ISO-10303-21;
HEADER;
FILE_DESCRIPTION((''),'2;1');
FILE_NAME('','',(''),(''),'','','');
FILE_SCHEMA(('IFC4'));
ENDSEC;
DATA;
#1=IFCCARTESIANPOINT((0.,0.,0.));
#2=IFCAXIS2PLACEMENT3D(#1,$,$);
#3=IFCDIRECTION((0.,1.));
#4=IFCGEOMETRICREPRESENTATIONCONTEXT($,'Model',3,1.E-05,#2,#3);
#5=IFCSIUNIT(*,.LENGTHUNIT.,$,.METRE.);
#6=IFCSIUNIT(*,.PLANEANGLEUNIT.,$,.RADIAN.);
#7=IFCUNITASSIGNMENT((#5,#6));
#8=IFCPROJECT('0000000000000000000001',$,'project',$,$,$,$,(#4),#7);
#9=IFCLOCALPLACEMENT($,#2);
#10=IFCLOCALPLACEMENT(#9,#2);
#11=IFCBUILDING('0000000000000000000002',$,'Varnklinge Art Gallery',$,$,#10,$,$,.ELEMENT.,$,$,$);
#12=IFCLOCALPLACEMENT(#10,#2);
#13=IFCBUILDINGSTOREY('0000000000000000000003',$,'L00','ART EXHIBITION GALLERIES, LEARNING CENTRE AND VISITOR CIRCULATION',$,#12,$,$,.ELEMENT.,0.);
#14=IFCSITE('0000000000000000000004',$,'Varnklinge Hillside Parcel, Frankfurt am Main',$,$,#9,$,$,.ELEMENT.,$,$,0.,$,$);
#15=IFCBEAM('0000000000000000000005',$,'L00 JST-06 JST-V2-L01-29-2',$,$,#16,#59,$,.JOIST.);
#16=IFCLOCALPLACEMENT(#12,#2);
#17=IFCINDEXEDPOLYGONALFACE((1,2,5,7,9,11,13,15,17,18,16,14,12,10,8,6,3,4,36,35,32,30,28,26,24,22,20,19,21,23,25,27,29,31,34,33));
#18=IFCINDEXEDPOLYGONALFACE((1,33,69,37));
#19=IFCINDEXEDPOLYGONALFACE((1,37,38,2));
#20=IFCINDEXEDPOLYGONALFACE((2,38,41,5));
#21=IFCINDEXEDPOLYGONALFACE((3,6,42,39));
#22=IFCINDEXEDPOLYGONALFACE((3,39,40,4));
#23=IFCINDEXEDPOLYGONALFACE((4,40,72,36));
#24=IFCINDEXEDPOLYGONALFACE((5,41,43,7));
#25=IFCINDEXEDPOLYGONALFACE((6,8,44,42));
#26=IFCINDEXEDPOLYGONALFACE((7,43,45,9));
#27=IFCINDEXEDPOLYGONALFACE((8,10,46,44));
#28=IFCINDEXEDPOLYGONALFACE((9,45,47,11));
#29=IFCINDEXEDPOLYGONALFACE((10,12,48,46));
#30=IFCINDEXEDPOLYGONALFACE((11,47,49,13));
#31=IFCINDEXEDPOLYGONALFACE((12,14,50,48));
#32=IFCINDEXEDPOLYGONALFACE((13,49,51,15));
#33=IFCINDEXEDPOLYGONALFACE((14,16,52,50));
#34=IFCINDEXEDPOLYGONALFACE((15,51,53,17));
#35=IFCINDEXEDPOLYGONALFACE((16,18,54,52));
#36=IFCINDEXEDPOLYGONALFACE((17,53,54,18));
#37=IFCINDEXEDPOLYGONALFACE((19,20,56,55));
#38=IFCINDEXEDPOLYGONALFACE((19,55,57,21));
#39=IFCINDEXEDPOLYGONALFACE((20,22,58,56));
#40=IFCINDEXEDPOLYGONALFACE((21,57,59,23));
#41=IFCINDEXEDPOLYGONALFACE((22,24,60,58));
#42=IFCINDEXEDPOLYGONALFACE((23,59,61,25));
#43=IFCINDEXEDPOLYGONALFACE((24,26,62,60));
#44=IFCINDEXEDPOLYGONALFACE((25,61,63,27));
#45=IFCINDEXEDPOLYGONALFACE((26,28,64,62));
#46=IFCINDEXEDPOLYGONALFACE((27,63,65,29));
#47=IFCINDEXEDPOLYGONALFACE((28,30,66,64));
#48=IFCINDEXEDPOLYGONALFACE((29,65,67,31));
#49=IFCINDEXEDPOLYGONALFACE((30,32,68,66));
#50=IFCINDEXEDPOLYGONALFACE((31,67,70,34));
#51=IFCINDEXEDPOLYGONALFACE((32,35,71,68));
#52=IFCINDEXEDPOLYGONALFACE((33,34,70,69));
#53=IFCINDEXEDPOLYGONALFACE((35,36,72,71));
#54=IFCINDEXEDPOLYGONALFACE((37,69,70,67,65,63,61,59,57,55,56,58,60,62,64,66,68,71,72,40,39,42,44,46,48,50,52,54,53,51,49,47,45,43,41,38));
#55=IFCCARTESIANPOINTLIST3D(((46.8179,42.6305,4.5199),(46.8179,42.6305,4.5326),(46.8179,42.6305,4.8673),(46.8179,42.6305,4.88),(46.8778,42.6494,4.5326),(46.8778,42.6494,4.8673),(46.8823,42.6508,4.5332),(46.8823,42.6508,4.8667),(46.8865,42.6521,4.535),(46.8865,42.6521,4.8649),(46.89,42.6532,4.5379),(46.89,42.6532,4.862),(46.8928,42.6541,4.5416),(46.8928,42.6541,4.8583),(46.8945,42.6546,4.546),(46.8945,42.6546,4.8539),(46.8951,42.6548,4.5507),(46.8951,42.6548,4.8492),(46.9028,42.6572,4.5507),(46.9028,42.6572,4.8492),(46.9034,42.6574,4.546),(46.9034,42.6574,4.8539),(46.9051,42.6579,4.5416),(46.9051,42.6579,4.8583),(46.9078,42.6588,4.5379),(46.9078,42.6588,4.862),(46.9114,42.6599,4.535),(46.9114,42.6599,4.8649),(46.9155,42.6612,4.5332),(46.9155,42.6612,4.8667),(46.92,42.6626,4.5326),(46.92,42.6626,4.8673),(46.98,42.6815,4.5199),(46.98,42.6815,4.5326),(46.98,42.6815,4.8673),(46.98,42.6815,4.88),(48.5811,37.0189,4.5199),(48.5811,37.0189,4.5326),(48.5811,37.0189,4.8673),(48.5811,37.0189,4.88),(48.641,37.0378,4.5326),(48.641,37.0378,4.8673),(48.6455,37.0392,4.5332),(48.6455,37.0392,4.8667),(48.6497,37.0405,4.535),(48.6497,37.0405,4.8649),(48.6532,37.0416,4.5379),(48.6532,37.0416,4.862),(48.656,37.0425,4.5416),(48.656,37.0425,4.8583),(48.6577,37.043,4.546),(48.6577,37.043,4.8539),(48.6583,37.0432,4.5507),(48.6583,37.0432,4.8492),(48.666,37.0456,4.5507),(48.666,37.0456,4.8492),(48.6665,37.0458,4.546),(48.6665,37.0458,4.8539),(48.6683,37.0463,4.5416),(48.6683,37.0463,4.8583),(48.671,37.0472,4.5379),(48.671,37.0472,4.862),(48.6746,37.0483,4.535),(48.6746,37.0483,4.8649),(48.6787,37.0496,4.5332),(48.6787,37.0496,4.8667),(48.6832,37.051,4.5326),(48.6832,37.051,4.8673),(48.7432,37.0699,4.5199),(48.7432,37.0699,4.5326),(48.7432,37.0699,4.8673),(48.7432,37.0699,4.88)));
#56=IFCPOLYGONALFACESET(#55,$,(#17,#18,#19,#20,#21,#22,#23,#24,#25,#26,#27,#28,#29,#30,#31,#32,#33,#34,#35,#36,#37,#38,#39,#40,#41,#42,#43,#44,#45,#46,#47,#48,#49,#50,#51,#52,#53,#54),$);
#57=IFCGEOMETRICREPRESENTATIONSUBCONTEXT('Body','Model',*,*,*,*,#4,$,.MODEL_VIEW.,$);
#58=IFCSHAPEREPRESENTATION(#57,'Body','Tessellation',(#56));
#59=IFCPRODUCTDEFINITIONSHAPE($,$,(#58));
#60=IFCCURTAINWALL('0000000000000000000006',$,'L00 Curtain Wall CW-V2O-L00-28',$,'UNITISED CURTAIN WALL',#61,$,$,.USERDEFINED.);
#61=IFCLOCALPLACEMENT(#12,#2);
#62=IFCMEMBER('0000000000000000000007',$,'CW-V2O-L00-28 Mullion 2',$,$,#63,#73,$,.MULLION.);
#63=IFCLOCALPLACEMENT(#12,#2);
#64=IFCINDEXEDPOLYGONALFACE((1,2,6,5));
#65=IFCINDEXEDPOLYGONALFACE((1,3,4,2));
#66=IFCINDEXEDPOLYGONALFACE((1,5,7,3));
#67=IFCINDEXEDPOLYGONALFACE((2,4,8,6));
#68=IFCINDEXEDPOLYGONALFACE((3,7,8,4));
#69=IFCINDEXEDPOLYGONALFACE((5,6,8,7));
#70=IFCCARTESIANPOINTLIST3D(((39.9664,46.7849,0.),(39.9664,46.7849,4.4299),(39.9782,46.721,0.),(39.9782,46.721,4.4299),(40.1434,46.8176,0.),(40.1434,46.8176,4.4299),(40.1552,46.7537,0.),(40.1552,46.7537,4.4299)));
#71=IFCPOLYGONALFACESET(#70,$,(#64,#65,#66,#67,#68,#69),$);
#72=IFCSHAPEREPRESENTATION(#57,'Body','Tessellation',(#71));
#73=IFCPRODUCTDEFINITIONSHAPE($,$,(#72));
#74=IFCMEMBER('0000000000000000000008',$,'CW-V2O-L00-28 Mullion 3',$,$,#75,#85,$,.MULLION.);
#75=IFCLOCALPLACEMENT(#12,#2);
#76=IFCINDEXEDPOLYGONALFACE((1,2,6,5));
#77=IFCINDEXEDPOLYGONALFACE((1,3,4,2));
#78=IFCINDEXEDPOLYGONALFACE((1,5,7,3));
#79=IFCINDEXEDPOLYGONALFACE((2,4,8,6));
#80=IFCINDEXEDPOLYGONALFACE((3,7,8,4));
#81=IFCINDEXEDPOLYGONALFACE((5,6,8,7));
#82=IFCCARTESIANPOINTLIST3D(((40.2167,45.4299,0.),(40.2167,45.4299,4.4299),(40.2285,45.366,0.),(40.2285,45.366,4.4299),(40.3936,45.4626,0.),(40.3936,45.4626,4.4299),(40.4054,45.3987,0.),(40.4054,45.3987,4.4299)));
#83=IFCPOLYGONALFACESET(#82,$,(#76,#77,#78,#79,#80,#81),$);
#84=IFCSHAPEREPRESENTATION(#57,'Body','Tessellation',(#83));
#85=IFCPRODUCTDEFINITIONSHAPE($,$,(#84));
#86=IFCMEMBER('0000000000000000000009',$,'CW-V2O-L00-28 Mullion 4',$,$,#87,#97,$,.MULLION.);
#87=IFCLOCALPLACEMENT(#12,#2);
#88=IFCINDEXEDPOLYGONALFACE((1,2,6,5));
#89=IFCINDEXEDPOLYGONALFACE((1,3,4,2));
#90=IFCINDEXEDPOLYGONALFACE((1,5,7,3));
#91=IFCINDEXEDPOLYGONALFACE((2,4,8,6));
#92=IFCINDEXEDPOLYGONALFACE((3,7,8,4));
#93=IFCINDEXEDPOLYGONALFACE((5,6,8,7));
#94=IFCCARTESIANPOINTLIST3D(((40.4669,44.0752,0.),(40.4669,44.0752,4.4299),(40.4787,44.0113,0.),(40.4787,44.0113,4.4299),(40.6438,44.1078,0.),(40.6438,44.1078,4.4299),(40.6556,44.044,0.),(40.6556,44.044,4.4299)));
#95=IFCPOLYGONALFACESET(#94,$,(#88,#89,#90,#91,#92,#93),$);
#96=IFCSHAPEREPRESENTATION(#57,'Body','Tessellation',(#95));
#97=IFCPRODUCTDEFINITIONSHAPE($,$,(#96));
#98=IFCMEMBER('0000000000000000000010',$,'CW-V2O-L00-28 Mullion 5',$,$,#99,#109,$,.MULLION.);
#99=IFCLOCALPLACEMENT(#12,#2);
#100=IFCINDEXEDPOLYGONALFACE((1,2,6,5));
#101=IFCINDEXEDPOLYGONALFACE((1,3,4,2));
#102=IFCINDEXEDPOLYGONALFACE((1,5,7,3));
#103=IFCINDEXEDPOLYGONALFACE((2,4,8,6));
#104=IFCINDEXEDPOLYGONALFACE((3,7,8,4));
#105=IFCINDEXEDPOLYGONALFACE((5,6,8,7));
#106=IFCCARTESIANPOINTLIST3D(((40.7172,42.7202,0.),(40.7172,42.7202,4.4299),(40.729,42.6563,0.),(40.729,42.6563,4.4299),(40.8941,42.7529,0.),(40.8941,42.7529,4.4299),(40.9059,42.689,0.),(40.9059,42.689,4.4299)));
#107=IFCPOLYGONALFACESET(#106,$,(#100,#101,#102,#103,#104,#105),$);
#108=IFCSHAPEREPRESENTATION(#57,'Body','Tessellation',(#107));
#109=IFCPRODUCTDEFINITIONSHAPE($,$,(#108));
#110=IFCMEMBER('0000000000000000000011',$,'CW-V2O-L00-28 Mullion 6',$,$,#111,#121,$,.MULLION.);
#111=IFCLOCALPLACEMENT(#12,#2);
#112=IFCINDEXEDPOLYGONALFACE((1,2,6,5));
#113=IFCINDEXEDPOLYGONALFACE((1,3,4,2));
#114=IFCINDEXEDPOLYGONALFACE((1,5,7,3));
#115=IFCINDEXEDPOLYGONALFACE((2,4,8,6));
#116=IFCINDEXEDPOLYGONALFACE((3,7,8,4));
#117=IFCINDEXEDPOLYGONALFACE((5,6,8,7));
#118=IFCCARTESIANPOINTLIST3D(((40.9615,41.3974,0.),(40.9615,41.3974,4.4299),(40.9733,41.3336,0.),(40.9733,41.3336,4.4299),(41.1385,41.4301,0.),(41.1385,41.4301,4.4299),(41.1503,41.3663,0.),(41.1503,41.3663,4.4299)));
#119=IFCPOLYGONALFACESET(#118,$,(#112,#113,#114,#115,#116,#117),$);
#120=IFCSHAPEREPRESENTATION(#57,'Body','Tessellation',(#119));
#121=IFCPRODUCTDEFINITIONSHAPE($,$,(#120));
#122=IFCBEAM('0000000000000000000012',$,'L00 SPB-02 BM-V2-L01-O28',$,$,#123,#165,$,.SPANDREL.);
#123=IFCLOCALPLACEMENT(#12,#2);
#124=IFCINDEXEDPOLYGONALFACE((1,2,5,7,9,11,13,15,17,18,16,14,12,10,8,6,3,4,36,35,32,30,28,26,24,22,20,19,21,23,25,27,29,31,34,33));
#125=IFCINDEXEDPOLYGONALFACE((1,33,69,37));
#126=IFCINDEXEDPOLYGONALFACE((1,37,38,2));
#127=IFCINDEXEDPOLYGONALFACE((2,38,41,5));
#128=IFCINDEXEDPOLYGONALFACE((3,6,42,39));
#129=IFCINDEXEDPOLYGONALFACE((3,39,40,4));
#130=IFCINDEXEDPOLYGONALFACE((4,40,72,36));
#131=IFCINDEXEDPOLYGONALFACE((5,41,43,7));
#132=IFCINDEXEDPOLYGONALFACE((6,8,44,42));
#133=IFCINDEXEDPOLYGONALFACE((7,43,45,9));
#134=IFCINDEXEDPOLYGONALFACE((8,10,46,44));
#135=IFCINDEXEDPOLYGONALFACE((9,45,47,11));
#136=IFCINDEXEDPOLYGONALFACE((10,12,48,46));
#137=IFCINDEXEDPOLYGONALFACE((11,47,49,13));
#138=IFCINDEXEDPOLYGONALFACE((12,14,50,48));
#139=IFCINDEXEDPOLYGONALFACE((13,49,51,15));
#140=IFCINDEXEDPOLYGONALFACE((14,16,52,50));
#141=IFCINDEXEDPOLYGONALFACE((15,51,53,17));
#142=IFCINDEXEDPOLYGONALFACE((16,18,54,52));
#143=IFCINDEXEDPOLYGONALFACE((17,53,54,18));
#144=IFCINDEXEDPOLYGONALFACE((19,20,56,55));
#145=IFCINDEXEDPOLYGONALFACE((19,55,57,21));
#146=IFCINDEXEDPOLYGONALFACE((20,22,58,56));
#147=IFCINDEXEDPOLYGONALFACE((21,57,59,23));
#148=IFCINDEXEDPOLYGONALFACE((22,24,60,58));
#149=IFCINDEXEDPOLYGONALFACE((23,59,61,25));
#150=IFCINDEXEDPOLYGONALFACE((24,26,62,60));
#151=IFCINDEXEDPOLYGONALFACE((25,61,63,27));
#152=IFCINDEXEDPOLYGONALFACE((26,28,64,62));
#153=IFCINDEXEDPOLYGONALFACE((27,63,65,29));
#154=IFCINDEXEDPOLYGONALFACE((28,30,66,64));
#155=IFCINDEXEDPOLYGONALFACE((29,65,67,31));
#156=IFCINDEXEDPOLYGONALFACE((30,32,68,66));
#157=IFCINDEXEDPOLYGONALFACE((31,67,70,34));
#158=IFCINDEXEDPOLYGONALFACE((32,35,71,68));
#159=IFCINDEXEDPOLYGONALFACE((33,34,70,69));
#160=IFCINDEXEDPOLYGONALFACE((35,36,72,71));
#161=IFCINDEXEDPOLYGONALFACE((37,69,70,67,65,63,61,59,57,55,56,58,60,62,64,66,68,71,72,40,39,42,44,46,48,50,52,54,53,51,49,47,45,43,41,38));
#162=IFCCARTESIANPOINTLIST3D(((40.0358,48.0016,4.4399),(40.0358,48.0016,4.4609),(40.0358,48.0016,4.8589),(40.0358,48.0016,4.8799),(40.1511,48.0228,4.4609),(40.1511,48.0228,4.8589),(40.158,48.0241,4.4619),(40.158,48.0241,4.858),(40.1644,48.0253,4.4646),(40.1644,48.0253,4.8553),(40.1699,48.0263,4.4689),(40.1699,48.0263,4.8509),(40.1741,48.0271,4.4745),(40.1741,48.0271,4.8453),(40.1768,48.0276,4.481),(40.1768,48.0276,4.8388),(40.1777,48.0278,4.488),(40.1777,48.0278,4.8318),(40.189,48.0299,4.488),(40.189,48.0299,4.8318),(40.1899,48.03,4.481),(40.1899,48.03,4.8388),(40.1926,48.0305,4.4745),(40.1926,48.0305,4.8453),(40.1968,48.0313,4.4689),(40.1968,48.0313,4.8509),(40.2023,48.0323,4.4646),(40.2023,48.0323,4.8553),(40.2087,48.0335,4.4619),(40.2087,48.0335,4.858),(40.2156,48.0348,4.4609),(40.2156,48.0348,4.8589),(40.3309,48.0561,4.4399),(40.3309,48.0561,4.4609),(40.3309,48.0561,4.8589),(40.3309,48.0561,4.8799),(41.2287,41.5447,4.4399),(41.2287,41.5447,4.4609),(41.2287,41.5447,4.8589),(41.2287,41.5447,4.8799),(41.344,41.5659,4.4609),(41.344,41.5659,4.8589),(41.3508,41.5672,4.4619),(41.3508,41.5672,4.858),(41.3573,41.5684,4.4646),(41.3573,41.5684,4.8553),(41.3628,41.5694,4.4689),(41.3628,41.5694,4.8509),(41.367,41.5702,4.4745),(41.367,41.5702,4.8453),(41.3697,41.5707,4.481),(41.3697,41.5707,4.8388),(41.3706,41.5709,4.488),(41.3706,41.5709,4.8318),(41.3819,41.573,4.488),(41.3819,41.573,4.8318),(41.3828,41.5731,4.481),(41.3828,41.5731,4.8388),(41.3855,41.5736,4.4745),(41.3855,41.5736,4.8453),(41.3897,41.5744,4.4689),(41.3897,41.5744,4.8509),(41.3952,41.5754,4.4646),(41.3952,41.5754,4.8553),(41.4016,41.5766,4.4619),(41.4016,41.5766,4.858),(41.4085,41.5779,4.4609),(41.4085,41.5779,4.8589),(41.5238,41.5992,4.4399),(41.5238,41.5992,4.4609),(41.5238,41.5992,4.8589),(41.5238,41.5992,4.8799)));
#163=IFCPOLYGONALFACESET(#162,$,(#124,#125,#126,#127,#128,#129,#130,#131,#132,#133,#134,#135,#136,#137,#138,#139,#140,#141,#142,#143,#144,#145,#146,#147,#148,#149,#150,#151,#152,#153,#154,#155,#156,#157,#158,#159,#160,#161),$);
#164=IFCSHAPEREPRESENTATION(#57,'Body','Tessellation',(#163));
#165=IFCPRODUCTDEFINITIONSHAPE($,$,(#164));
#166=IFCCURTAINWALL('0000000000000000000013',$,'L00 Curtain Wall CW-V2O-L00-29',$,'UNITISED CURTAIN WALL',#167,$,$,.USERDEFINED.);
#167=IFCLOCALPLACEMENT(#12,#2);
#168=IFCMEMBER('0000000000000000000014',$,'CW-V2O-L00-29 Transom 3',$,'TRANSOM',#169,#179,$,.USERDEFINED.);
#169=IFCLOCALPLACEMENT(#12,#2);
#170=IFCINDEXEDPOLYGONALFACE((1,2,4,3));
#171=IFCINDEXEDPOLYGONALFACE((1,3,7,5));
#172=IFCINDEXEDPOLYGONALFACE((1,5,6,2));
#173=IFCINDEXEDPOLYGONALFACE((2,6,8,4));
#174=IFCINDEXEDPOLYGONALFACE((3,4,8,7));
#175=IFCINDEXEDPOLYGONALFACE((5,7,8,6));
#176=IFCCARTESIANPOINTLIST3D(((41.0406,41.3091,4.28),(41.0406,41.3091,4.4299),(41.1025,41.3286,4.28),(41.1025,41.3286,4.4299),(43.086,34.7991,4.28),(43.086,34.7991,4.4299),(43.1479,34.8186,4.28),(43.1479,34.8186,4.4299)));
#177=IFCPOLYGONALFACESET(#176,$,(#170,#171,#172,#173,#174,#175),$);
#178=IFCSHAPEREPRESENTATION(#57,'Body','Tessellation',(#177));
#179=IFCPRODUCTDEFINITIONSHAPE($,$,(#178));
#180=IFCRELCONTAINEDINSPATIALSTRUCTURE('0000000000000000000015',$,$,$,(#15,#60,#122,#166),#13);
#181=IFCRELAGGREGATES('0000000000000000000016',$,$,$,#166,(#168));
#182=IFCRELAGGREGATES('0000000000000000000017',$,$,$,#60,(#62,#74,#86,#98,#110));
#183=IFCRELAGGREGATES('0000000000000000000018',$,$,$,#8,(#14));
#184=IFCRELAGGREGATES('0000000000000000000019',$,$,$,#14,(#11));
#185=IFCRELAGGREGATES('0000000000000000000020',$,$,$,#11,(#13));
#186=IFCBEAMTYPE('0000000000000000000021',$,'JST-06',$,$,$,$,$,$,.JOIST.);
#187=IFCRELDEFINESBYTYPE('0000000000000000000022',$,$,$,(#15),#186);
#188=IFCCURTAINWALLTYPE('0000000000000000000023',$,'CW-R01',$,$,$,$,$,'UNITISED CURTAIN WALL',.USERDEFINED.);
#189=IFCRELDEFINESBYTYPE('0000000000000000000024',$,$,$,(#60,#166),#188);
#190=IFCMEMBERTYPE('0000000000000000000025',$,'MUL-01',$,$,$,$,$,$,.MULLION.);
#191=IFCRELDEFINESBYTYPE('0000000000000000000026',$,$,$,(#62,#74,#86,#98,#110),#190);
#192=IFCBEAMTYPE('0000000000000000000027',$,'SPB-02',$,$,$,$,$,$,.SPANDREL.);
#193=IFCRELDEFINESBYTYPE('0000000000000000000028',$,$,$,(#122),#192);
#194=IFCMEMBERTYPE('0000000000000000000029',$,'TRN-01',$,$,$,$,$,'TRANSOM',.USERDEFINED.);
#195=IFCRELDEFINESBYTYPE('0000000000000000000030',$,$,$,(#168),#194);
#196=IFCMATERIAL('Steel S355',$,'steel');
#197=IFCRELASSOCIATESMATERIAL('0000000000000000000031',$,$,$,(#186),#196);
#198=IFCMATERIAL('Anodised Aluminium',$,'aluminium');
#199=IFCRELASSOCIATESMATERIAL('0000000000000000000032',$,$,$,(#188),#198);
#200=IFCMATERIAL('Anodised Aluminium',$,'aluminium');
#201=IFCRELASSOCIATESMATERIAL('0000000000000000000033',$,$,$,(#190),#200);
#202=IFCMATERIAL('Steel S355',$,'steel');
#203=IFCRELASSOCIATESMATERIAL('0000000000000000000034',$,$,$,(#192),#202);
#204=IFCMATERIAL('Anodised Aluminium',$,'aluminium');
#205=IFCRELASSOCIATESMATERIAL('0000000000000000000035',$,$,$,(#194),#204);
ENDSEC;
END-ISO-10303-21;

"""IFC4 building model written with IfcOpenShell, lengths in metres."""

from ifc_helpers import new_model, si_unit, direction, frame, origin, origin_2d, place, context, subcontext, project, spatial, rectangle, i_section, extrude, material, material_profile, profile_set, type_object, element, aggregate, save


model = new_model("IFC4")

# Units and contexts
model_context = context("Model", 3, precision=1e-05, world=origin(), true_north=direction((0.0, 1.0)))
body_context = subcontext(model_context, "Body", "Model", "MODEL_VIEW")
ifc_project = project(units=[si_unit("LENGTHUNIT", "METRE"), si_unit("PLANEANGLEUNIT", "RADIAN")], contexts=[model_context])

# Site, building, storey
site_placement = place(None, origin())
site = spatial("IfcSite", under=ifc_project, at=site_placement, Name="Varnklinge Hillside Parcel, Frankfurt am Main", CompositionType="ELEMENT", RefElevation=0.0)
building_placement = place(site_placement, origin())
building = spatial("IfcBuilding", under=site, at=building_placement, Name="Varnklinge Art Gallery", CompositionType="ELEMENT")
storey_placement = place(building_placement, origin())
storey = spatial("IfcBuildingStorey", under=building, at=storey_placement, Name="L00", Description="ART EXHIBITION GALLERIES, LEARNING CENTRE AND VISITOR CIRCULATION", CompositionType="ELEMENT", Elevation=0.0)

# Beam
ifc_material_1 = material(Name="Steel S355", Category="steel")
ifc_material_profile_1 = material_profile(ifc_material_1, i_section(OverallWidth=0.1699, OverallDepth=0.3601, WebThickness=0.0081, FlangeThickness=0.0127, FilletRadius=0.0181, at=origin_2d()), Name="IPE 360")
ifc_profile_set_1 = profile_set([ifc_material_profile_1], Name="Steel S355")
beam_type_1 = type_object("IfcBeamType", Name="JST-06", PredefinedType="JOIST", material=ifc_profile_set_1)
beam_1_placement = place(storey_placement, frame((46.8989, 42.656, 4.7), z_axis=(0.299756, -0.954016, 0.0), x_axis=(0.954016, 0.299756, 0.0)))
element("IfcBeam", 1, at=beam_1_placement, inside=storey, type_object=beam_type_1, Name="L00 JST-06 JST-V2-L01-29-2", PredefinedType="JOIST", context=body_context, shape_type="SweptSolid", body=[
    extrude(i_section(OverallWidth=0.1699, OverallDepth=0.3601, WebThickness=0.0081, FlangeThickness=0.0127, FilletRadius=0.0181, at=origin_2d()), origin(), (0.0, 0.0, 1.0), 5.8821),
])

# Curtain wall, members
ifc_material_2 = material(Name="Anodised Aluminium", Category="aluminium")
curtain_wall_type = type_object("IfcCurtainWallType", Name="CW-R01", ElementType="UNITISED CURTAIN WALL", PredefinedType="USERDEFINED", material=ifc_material_2)
curtain_wall_1_placement = place(storey_placement, origin())
curtain_wall_1 = element("IfcCurtainWall", 2, at=curtain_wall_1_placement, inside=storey, type_object=curtain_wall_type, Name="L00 Curtain Wall CW-V2O-L00-28", ObjectType="UNITISED CURTAIN WALL", PredefinedType="USERDEFINED")
ifc_material_3 = material(Name="Anodised Aluminium", Category="aluminium")
ifc_material_profile_2 = material_profile(ifc_material_3, rectangle(XDim=0.0649, YDim=0.1799, at=origin_2d()), Name="ALU 65x180")
ifc_profile_set_2 = profile_set([ifc_material_profile_2], Name="Anodised Aluminium")
member_type_1 = type_object("IfcMemberType", Name="MUL-01", PredefinedType="MULLION", material=ifc_profile_set_2)
member_1_placement = place(storey_placement, frame((40.0608, 46.7693, 0.0), z_axis=(0.0, 0.0, 1.0), x_axis=(0.181721, -0.98335, 0.0)))
member_1 = element("IfcMember", 3, at=member_1_placement, type_object=member_type_1, Name="CW-V2O-L00-28 Mullion 2", PredefinedType="MULLION", context=body_context, shape_type="SweptSolid", body=[
    extrude(rectangle(XDim=0.0649, YDim=0.1799, at=origin_2d()), origin(), (0.0, 0.0, 1.0), 4.4299),
])
member_2_placement = place(storey_placement, frame((40.311, 45.4143, 0.0), z_axis=(0.0, 0.0, 1.0), x_axis=(0.181721, -0.98335, 0.0)))
member_2 = element("IfcMember", 4, at=member_2_placement, type_object=member_type_1, Name="CW-V2O-L00-28 Mullion 3", PredefinedType="MULLION", context=body_context, shape_type="SweptSolid", body=[
    extrude(rectangle(XDim=0.0649, YDim=0.1799, at=origin_2d()), origin(), (0.0, 0.0, 1.0), 4.4299),
])
member_3_placement = place(storey_placement, frame((40.5613, 44.0596, 0.0), z_axis=(0.0, 0.0, 1.0), x_axis=(0.181721, -0.98335, 0.0)))
member_3 = element("IfcMember", 5, at=member_3_placement, type_object=member_type_1, Name="CW-V2O-L00-28 Mullion 4", PredefinedType="MULLION", context=body_context, shape_type="SweptSolid", body=[
    extrude(rectangle(XDim=0.0649, YDim=0.1799, at=origin_2d()), origin(), (0.0, 0.0, 1.0), 4.4299),
])
member_4_placement = place(storey_placement, frame((40.8115, 42.7046, 0.0), z_axis=(0.0, 0.0, 1.0), x_axis=(0.181721, -0.98335, 0.0)))
member_4 = element("IfcMember", 6, at=member_4_placement, type_object=member_type_1, Name="CW-V2O-L00-28 Mullion 5", PredefinedType="MULLION", context=body_context, shape_type="SweptSolid", body=[
    extrude(rectangle(XDim=0.0649, YDim=0.1799, at=origin_2d()), origin(), (0.0, 0.0, 1.0), 4.4299),
])
member_5_placement = place(storey_placement, frame((41.0559, 41.3818, 0.0), z_axis=(0.0, 0.0, 1.0), x_axis=(0.181721, -0.98335, 0.0)))
member_5 = element("IfcMember", 7, at=member_5_placement, type_object=member_type_1, Name="CW-V2O-L00-28 Mullion 6", PredefinedType="MULLION", context=body_context, shape_type="SweptSolid", body=[
    extrude(rectangle(XDim=0.0649, YDim=0.1799, at=origin_2d()), origin(), (0.0, 0.0, 1.0), 4.4299),
])

# Beam
ifc_material_4 = material(Name="Steel S355", Category="steel")
ifc_material_profile_3 = material_profile(ifc_material_4, i_section(OverallWidth=0.3, OverallDepth=0.4399, WebThickness=0.0115, FlangeThickness=0.021, FilletRadius=0.0271, at=origin_2d()), Name="HEA 450")
ifc_profile_set_3 = profile_set([ifc_material_profile_3], Name="Steel S355")
beam_type_2 = type_object("IfcBeamType", Name="SPB-02", PredefinedType="SPANDREL", material=ifc_profile_set_3)
beam_2_placement = place(storey_placement, frame((40.1833, 48.0288, 4.6599), z_axis=(0.181672, -0.983359, 0.0), x_axis=(0.983359, 0.181672, 0.0)))
element("IfcBeam", 8, at=beam_2_placement, inside=storey, type_object=beam_type_2, Name="L00 SPB-02 BM-V2-L01-O28", PredefinedType="SPANDREL", context=body_context, shape_type="SweptSolid", body=[
    extrude(i_section(OverallWidth=0.3, OverallDepth=0.4399, WebThickness=0.0115, FlangeThickness=0.021, FilletRadius=0.0271, at=origin_2d()), origin(), (0.0, 0.0, 1.0), 6.5662),
])

# Curtain wall, member
curtain_wall_2_placement = place(storey_placement, origin())
curtain_wall_2 = element("IfcCurtainWall", 9, at=curtain_wall_2_placement, inside=storey, type_object=curtain_wall_type, Name="L00 Curtain Wall CW-V2O-L00-29", ObjectType="UNITISED CURTAIN WALL", PredefinedType="USERDEFINED")
ifc_material_5 = material(Name="Anodised Aluminium", Category="aluminium")
ifc_material_profile_4 = material_profile(ifc_material_5, rectangle(XDim=0.0649, YDim=0.1499, at=origin_2d()), Name="ALU 65x150")
ifc_profile_set_4 = profile_set([ifc_material_profile_4], Name="Anodised Aluminium")
member_type_2 = type_object("IfcMemberType", Name="TRN-01", ElementType="TRANSOM", PredefinedType="USERDEFINED", material=ifc_profile_set_4)
member_6_placement = place(storey_placement, frame((41.0715, 41.3188, 4.355), z_axis=(0.299748, -0.954019, 0.0), x_axis=(0.954019, 0.299748, 0.0)))
member_6 = element("IfcMember", 10, at=member_6_placement, type_object=member_type_2, Name="CW-V2O-L00-29 Transom 3", ObjectType="TRANSOM", PredefinedType="USERDEFINED", context=body_context, shape_type="SweptSolid", body=[
    extrude(rectangle(XDim=0.0649, YDim=0.1499, at=origin_2d()), origin(), (0.0, 0.0, 1.0), 6.8237),
])
aggregate(curtain_wall_2, [member_6])

aggregate(curtain_wall_1, [member_1, member_2, member_3, member_4, member_5])

save(model, "model.ifc")
